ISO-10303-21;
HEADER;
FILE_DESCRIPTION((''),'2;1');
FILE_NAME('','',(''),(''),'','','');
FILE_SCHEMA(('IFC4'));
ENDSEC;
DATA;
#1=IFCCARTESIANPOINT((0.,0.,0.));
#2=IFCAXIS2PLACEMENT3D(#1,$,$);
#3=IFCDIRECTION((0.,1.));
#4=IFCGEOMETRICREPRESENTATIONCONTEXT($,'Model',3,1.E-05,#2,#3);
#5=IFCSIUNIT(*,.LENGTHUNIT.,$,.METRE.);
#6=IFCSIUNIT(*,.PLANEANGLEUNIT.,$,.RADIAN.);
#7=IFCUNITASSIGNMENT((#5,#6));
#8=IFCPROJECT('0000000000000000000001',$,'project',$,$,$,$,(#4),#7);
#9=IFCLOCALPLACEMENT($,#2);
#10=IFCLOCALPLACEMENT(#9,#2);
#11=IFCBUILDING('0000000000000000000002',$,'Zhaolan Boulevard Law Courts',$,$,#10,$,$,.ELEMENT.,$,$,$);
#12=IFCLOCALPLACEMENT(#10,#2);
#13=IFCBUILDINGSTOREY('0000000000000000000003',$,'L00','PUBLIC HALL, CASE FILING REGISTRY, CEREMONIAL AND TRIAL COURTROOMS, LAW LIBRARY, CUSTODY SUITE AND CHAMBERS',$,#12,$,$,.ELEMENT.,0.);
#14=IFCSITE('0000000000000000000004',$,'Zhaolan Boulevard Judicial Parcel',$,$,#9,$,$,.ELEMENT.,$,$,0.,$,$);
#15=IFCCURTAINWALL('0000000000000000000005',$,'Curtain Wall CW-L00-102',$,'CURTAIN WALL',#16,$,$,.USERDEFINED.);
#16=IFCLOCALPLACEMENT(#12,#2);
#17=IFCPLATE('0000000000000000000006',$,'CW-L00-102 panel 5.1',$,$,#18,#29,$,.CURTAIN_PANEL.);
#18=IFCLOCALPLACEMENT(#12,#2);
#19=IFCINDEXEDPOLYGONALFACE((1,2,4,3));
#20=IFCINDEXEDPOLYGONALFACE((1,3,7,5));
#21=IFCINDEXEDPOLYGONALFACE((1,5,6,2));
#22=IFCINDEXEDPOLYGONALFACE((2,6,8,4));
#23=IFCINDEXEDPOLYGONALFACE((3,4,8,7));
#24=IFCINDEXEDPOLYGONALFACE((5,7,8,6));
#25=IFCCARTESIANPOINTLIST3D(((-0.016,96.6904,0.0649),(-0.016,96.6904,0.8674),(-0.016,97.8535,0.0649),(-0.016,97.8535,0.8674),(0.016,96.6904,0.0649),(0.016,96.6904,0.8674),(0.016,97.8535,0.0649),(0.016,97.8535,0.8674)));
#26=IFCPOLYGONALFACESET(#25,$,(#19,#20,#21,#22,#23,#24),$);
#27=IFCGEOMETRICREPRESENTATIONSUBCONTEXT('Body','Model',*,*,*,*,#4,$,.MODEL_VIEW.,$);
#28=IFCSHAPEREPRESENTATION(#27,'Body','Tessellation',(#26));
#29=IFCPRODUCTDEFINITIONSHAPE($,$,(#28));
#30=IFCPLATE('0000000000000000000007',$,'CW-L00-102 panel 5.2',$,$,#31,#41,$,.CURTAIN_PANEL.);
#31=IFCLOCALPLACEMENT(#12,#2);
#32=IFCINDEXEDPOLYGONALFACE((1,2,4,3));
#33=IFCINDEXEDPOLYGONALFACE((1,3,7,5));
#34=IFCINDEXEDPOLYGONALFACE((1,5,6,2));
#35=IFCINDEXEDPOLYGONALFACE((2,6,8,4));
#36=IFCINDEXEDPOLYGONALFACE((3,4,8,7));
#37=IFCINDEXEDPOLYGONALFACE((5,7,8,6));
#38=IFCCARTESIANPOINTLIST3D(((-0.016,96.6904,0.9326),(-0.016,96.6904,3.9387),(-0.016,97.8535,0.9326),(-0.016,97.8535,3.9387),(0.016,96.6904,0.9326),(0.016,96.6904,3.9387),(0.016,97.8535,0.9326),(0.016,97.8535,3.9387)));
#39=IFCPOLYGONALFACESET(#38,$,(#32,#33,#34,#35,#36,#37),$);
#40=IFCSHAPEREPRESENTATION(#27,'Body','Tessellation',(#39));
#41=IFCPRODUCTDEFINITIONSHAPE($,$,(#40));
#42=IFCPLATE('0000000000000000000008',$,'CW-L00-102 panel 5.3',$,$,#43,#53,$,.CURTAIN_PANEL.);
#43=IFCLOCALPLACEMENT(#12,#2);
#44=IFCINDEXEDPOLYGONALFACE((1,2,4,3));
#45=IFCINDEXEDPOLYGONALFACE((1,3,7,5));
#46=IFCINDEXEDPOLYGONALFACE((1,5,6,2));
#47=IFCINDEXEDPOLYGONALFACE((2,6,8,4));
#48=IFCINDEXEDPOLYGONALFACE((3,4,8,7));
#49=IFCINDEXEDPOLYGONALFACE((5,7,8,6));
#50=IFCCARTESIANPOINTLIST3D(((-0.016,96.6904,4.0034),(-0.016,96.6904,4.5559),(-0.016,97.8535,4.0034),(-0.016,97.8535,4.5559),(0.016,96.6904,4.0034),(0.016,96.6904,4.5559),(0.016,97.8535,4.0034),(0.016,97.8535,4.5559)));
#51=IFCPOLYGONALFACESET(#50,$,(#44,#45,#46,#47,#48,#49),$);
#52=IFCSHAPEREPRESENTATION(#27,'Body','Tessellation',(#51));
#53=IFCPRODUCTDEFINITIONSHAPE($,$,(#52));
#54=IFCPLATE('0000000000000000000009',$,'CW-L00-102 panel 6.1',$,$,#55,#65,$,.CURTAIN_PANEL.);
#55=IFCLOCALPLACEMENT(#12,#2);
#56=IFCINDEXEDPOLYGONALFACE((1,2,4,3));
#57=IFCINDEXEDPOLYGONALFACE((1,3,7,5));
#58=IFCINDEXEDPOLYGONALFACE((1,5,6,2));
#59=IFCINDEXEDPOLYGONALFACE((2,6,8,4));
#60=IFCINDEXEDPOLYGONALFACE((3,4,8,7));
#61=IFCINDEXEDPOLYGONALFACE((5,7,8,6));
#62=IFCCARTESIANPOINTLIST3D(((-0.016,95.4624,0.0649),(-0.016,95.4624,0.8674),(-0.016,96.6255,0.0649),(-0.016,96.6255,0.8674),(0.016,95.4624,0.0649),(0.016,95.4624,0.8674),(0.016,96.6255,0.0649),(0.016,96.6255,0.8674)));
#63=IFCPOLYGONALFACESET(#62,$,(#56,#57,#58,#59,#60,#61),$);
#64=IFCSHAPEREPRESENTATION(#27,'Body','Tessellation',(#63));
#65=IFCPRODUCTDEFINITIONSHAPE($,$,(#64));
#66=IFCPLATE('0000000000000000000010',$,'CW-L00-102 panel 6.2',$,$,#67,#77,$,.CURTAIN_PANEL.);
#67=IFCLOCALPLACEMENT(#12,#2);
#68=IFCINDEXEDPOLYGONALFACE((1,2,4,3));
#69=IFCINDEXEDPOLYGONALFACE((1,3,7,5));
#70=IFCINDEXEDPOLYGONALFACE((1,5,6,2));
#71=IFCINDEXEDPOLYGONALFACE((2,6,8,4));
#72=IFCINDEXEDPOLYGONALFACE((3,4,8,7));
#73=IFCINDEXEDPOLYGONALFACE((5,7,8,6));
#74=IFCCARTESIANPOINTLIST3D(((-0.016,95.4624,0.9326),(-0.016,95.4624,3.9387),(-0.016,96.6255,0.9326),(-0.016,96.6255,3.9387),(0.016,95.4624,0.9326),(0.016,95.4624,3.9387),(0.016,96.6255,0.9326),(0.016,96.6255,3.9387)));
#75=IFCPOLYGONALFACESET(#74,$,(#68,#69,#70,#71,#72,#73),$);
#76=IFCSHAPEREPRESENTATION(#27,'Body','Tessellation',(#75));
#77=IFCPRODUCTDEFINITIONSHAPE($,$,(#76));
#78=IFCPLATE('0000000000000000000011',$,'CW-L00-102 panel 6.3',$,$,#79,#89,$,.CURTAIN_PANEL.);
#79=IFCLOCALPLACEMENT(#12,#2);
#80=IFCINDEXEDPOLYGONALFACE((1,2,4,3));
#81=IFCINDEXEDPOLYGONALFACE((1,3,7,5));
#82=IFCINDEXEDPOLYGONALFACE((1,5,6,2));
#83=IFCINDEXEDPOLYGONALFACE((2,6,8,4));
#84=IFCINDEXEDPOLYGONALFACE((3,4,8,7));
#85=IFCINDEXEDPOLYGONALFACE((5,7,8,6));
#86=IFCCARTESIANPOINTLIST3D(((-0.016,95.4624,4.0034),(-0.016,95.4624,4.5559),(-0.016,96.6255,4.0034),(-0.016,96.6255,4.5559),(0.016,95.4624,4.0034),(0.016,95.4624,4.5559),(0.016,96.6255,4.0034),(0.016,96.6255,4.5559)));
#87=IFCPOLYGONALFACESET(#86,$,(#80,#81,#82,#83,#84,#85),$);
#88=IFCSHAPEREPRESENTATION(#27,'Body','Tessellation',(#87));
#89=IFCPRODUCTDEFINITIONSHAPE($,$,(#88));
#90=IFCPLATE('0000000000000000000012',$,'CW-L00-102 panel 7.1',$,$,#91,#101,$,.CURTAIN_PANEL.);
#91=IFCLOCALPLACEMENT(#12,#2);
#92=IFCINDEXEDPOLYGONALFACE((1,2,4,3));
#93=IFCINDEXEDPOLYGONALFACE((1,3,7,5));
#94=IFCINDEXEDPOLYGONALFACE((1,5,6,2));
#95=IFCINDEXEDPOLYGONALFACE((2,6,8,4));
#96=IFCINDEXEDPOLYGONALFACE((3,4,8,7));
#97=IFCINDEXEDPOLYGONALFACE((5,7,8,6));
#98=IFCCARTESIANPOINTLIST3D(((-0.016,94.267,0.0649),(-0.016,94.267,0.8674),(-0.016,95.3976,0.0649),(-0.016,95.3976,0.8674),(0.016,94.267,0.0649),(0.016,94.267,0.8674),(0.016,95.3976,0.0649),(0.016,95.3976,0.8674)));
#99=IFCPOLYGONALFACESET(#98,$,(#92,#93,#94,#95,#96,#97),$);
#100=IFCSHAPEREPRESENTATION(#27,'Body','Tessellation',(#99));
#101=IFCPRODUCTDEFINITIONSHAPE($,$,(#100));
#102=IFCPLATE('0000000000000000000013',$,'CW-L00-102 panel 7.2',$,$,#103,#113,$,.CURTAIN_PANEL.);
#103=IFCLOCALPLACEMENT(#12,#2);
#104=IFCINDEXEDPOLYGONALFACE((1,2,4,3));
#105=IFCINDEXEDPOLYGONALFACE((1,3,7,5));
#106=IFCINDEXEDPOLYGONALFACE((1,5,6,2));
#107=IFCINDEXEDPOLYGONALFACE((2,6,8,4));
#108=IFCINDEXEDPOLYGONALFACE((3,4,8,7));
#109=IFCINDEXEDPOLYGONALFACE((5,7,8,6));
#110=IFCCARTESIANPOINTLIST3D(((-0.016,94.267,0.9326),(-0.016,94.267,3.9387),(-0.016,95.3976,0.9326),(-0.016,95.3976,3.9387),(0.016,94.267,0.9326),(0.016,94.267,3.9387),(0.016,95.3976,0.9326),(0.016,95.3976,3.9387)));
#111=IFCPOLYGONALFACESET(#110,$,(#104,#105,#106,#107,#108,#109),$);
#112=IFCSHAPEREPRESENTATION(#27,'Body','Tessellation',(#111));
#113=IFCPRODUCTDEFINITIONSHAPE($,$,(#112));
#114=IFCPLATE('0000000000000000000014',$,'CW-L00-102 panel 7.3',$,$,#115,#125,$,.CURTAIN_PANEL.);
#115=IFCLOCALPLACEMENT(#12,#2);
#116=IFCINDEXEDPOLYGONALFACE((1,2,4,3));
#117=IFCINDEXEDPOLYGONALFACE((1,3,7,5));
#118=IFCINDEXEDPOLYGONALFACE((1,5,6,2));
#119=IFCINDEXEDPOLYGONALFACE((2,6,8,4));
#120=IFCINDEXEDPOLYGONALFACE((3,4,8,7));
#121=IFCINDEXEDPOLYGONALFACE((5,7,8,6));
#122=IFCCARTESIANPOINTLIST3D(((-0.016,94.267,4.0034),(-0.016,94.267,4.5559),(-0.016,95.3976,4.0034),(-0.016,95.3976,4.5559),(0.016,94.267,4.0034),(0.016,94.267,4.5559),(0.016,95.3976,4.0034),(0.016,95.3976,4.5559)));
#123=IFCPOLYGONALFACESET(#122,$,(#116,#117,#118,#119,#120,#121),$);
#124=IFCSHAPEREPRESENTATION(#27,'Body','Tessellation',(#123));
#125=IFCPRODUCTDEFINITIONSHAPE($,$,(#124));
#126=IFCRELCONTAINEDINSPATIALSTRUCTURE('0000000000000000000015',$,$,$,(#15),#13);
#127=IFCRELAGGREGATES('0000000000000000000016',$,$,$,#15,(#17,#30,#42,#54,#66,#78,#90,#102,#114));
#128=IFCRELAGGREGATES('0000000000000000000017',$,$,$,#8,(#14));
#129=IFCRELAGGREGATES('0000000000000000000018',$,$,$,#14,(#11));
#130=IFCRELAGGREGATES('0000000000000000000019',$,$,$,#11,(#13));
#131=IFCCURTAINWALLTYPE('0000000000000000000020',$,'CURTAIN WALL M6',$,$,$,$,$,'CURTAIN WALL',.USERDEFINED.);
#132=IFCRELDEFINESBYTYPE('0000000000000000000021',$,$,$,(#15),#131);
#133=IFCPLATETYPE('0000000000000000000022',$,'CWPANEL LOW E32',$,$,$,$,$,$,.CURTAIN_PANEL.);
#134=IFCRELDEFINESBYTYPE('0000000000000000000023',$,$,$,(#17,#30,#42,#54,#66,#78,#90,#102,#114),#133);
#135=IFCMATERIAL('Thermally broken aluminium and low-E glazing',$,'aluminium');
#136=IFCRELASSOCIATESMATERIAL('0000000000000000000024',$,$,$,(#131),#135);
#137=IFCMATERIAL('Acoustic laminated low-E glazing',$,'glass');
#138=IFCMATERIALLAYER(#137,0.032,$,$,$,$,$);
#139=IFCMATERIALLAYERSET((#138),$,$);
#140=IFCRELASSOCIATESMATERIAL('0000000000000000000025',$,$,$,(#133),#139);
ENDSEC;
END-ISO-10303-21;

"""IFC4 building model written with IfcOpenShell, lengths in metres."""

from ifc_helpers import new_model, si_unit, direction, frame, origin, origin_2d, place, context, subcontext, project, spatial, rectangle, extrude, material, layer, layer_set, type_object, element, aggregate, save


model = new_model("IFC4")

# Units and contexts
model_context = context("Model", 3, precision=1e-05, world=origin(), true_north=direction((0.0, 1.0)))
body_context = subcontext(model_context, "Body", "Model", "MODEL_VIEW")
ifc_project = project(units=[si_unit("LENGTHUNIT", "METRE"), si_unit("PLANEANGLEUNIT", "RADIAN")], contexts=[model_context])

# Site, building, storey
site_placement = place(None, origin())
site = spatial("IfcSite", under=ifc_project, at=site_placement, Name="Zhaolan Boulevard Judicial Parcel", CompositionType="ELEMENT", RefElevation=0.0)
building_placement = place(site_placement, origin())
building = spatial("IfcBuilding", under=site, at=building_placement, Name="Zhaolan Boulevard Law Courts", CompositionType="ELEMENT")
storey_placement = place(building_placement, origin())
storey = spatial("IfcBuildingStorey", under=building, at=storey_placement, Name="L00", Description="PUBLIC HALL, CASE FILING REGISTRY, CEREMONIAL AND TRIAL COURTROOMS, LAW LIBRARY, CUSTODY SUITE AND CHAMBERS", CompositionType="ELEMENT", Elevation=0.0)

# Curtain wall, plates
ifc_material_1 = material(Name="Thermally broken aluminium and low-E glazing", Category="aluminium")
curtain_wall_type = type_object("IfcCurtainWallType", Name="CURTAIN WALL M6", ElementType="CURTAIN WALL", PredefinedType="USERDEFINED", material=ifc_material_1)
curtain_wall_placement = place(storey_placement, origin())
curtain_wall = element("IfcCurtainWall", 1, at=curtain_wall_placement, inside=storey, type_object=curtain_wall_type, Name="Curtain Wall CW-L00-102", ObjectType="CURTAIN WALL", PredefinedType="USERDEFINED")
ifc_material_2 = material(Name="Acoustic laminated low-E glazing", Category="glass")
ifc_layer = layer(ifc_material_2, 0.032)
ifc_layer_set = layer_set([ifc_layer])
plate_type = type_object("IfcPlateType", Name="CWPANEL LOW E32", PredefinedType="CURTAIN_PANEL", material=ifc_layer_set)
plate_1_placement = place(storey_placement, frame((0.0, 97.272, 0.0649), z_axis=(0.0, 0.0, 1.0), x_axis=(0.0, -1.0, 0.0)))
plate_1 = element("IfcPlate", 2, at=plate_1_placement, type_object=plate_type, Name="CW-L00-102 panel 5.1", PredefinedType="CURTAIN_PANEL", context=body_context, shape_type="SweptSolid", body=[
    extrude(rectangle(XDim=1.1631, YDim=0.032, at=origin_2d()), origin(), (0.0, 0.0, 1.0), 0.8025),
])
plate_2_placement = place(storey_placement, frame((0.0, 97.272, 0.9326), z_axis=(0.0, 0.0, 1.0), x_axis=(0.0, -1.0, 0.0)))
plate_2 = element("IfcPlate", 3, at=plate_2_placement, type_object=plate_type, Name="CW-L00-102 panel 5.2", PredefinedType="CURTAIN_PANEL", context=body_context, shape_type="SweptSolid", body=[
    extrude(rectangle(XDim=1.1631, YDim=0.032, at=origin_2d()), origin(), (0.0, 0.0, 1.0), 3.0061),
])
plate_3_placement = place(storey_placement, frame((0.0, 97.272, 4.0034), z_axis=(0.0, 0.0, 1.0), x_axis=(0.0, -1.0, 0.0)))
plate_3 = element("IfcPlate", 4, at=plate_3_placement, type_object=plate_type, Name="CW-L00-102 panel 5.3", PredefinedType="CURTAIN_PANEL", context=body_context, shape_type="SweptSolid", body=[
    extrude(rectangle(XDim=1.1631, YDim=0.032, at=origin_2d()), origin(), (0.0, 0.0, 1.0), 0.5525),
])
plate_4_placement = place(storey_placement, frame((0.0, 96.0439, 0.0649), z_axis=(0.0, 0.0, 1.0), x_axis=(0.0, -1.0, 0.0)))
plate_4 = element("IfcPlate", 5, at=plate_4_placement, type_object=plate_type, Name="CW-L00-102 panel 6.1", PredefinedType="CURTAIN_PANEL", context=body_context, shape_type="SweptSolid", body=[
    extrude(rectangle(XDim=1.1631, YDim=0.032, at=origin_2d()), origin(), (0.0, 0.0, 1.0), 0.8025),
])
plate_5_placement = place(storey_placement, frame((0.0, 96.0439, 0.9326), z_axis=(0.0, 0.0, 1.0), x_axis=(0.0, -1.0, 0.0)))
plate_5 = element("IfcPlate", 6, at=plate_5_placement, type_object=plate_type, Name="CW-L00-102 panel 6.2", PredefinedType="CURTAIN_PANEL", context=body_context, shape_type="SweptSolid", body=[
    extrude(rectangle(XDim=1.1631, YDim=0.032, at=origin_2d()), origin(), (0.0, 0.0, 1.0), 3.0061),
])
plate_6_placement = place(storey_placement, frame((0.0, 96.0439, 4.0034), z_axis=(0.0, 0.0, 1.0), x_axis=(0.0, -1.0, 0.0)))
plate_6 = element("IfcPlate", 7, at=plate_6_placement, type_object=plate_type, Name="CW-L00-102 panel 6.3", PredefinedType="CURTAIN_PANEL", context=body_context, shape_type="SweptSolid", body=[
    extrude(rectangle(XDim=1.1631, YDim=0.032, at=origin_2d()), origin(), (0.0, 0.0, 1.0), 0.5525),
])
plate_7_placement = place(storey_placement, frame((0.0, 94.8323, 0.0649), z_axis=(0.0, 0.0, 1.0), x_axis=(0.0, -1.0, 0.0)))
plate_7 = element("IfcPlate", 8, at=plate_7_placement, type_object=plate_type, Name="CW-L00-102 panel 7.1", PredefinedType="CURTAIN_PANEL", context=body_context, shape_type="SweptSolid", body=[
    extrude(rectangle(XDim=1.1306, YDim=0.032, at=origin_2d()), origin(), (0.0, 0.0, 1.0), 0.8025),
])
plate_8_placement = place(storey_placement, frame((0.0, 94.8323, 0.9326), z_axis=(0.0, 0.0, 1.0), x_axis=(0.0, -1.0, 0.0)))
plate_8 = element("IfcPlate", 9, at=plate_8_placement, type_object=plate_type, Name="CW-L00-102 panel 7.2", PredefinedType="CURTAIN_PANEL", context=body_context, shape_type="SweptSolid", body=[
    extrude(rectangle(XDim=1.1306, YDim=0.032, at=origin_2d()), origin(), (0.0, 0.0, 1.0), 3.0061),
])
plate_9_placement = place(storey_placement, frame((0.0, 94.8323, 4.0034), z_axis=(0.0, 0.0, 1.0), x_axis=(0.0, -1.0, 0.0)))
plate_9 = element("IfcPlate", 10, at=plate_9_placement, type_object=plate_type, Name="CW-L00-102 panel 7.3", PredefinedType="CURTAIN_PANEL", context=body_context, shape_type="SweptSolid", body=[
    extrude(rectangle(XDim=1.1306, YDim=0.032, at=origin_2d()), origin(), (0.0, 0.0, 1.0), 0.5525),
])
aggregate(curtain_wall, [plate_1, plate_2, plate_3, plate_4, plate_5, plate_6, plate_7, plate_8, plate_9])

save(model, "model.ifc")
